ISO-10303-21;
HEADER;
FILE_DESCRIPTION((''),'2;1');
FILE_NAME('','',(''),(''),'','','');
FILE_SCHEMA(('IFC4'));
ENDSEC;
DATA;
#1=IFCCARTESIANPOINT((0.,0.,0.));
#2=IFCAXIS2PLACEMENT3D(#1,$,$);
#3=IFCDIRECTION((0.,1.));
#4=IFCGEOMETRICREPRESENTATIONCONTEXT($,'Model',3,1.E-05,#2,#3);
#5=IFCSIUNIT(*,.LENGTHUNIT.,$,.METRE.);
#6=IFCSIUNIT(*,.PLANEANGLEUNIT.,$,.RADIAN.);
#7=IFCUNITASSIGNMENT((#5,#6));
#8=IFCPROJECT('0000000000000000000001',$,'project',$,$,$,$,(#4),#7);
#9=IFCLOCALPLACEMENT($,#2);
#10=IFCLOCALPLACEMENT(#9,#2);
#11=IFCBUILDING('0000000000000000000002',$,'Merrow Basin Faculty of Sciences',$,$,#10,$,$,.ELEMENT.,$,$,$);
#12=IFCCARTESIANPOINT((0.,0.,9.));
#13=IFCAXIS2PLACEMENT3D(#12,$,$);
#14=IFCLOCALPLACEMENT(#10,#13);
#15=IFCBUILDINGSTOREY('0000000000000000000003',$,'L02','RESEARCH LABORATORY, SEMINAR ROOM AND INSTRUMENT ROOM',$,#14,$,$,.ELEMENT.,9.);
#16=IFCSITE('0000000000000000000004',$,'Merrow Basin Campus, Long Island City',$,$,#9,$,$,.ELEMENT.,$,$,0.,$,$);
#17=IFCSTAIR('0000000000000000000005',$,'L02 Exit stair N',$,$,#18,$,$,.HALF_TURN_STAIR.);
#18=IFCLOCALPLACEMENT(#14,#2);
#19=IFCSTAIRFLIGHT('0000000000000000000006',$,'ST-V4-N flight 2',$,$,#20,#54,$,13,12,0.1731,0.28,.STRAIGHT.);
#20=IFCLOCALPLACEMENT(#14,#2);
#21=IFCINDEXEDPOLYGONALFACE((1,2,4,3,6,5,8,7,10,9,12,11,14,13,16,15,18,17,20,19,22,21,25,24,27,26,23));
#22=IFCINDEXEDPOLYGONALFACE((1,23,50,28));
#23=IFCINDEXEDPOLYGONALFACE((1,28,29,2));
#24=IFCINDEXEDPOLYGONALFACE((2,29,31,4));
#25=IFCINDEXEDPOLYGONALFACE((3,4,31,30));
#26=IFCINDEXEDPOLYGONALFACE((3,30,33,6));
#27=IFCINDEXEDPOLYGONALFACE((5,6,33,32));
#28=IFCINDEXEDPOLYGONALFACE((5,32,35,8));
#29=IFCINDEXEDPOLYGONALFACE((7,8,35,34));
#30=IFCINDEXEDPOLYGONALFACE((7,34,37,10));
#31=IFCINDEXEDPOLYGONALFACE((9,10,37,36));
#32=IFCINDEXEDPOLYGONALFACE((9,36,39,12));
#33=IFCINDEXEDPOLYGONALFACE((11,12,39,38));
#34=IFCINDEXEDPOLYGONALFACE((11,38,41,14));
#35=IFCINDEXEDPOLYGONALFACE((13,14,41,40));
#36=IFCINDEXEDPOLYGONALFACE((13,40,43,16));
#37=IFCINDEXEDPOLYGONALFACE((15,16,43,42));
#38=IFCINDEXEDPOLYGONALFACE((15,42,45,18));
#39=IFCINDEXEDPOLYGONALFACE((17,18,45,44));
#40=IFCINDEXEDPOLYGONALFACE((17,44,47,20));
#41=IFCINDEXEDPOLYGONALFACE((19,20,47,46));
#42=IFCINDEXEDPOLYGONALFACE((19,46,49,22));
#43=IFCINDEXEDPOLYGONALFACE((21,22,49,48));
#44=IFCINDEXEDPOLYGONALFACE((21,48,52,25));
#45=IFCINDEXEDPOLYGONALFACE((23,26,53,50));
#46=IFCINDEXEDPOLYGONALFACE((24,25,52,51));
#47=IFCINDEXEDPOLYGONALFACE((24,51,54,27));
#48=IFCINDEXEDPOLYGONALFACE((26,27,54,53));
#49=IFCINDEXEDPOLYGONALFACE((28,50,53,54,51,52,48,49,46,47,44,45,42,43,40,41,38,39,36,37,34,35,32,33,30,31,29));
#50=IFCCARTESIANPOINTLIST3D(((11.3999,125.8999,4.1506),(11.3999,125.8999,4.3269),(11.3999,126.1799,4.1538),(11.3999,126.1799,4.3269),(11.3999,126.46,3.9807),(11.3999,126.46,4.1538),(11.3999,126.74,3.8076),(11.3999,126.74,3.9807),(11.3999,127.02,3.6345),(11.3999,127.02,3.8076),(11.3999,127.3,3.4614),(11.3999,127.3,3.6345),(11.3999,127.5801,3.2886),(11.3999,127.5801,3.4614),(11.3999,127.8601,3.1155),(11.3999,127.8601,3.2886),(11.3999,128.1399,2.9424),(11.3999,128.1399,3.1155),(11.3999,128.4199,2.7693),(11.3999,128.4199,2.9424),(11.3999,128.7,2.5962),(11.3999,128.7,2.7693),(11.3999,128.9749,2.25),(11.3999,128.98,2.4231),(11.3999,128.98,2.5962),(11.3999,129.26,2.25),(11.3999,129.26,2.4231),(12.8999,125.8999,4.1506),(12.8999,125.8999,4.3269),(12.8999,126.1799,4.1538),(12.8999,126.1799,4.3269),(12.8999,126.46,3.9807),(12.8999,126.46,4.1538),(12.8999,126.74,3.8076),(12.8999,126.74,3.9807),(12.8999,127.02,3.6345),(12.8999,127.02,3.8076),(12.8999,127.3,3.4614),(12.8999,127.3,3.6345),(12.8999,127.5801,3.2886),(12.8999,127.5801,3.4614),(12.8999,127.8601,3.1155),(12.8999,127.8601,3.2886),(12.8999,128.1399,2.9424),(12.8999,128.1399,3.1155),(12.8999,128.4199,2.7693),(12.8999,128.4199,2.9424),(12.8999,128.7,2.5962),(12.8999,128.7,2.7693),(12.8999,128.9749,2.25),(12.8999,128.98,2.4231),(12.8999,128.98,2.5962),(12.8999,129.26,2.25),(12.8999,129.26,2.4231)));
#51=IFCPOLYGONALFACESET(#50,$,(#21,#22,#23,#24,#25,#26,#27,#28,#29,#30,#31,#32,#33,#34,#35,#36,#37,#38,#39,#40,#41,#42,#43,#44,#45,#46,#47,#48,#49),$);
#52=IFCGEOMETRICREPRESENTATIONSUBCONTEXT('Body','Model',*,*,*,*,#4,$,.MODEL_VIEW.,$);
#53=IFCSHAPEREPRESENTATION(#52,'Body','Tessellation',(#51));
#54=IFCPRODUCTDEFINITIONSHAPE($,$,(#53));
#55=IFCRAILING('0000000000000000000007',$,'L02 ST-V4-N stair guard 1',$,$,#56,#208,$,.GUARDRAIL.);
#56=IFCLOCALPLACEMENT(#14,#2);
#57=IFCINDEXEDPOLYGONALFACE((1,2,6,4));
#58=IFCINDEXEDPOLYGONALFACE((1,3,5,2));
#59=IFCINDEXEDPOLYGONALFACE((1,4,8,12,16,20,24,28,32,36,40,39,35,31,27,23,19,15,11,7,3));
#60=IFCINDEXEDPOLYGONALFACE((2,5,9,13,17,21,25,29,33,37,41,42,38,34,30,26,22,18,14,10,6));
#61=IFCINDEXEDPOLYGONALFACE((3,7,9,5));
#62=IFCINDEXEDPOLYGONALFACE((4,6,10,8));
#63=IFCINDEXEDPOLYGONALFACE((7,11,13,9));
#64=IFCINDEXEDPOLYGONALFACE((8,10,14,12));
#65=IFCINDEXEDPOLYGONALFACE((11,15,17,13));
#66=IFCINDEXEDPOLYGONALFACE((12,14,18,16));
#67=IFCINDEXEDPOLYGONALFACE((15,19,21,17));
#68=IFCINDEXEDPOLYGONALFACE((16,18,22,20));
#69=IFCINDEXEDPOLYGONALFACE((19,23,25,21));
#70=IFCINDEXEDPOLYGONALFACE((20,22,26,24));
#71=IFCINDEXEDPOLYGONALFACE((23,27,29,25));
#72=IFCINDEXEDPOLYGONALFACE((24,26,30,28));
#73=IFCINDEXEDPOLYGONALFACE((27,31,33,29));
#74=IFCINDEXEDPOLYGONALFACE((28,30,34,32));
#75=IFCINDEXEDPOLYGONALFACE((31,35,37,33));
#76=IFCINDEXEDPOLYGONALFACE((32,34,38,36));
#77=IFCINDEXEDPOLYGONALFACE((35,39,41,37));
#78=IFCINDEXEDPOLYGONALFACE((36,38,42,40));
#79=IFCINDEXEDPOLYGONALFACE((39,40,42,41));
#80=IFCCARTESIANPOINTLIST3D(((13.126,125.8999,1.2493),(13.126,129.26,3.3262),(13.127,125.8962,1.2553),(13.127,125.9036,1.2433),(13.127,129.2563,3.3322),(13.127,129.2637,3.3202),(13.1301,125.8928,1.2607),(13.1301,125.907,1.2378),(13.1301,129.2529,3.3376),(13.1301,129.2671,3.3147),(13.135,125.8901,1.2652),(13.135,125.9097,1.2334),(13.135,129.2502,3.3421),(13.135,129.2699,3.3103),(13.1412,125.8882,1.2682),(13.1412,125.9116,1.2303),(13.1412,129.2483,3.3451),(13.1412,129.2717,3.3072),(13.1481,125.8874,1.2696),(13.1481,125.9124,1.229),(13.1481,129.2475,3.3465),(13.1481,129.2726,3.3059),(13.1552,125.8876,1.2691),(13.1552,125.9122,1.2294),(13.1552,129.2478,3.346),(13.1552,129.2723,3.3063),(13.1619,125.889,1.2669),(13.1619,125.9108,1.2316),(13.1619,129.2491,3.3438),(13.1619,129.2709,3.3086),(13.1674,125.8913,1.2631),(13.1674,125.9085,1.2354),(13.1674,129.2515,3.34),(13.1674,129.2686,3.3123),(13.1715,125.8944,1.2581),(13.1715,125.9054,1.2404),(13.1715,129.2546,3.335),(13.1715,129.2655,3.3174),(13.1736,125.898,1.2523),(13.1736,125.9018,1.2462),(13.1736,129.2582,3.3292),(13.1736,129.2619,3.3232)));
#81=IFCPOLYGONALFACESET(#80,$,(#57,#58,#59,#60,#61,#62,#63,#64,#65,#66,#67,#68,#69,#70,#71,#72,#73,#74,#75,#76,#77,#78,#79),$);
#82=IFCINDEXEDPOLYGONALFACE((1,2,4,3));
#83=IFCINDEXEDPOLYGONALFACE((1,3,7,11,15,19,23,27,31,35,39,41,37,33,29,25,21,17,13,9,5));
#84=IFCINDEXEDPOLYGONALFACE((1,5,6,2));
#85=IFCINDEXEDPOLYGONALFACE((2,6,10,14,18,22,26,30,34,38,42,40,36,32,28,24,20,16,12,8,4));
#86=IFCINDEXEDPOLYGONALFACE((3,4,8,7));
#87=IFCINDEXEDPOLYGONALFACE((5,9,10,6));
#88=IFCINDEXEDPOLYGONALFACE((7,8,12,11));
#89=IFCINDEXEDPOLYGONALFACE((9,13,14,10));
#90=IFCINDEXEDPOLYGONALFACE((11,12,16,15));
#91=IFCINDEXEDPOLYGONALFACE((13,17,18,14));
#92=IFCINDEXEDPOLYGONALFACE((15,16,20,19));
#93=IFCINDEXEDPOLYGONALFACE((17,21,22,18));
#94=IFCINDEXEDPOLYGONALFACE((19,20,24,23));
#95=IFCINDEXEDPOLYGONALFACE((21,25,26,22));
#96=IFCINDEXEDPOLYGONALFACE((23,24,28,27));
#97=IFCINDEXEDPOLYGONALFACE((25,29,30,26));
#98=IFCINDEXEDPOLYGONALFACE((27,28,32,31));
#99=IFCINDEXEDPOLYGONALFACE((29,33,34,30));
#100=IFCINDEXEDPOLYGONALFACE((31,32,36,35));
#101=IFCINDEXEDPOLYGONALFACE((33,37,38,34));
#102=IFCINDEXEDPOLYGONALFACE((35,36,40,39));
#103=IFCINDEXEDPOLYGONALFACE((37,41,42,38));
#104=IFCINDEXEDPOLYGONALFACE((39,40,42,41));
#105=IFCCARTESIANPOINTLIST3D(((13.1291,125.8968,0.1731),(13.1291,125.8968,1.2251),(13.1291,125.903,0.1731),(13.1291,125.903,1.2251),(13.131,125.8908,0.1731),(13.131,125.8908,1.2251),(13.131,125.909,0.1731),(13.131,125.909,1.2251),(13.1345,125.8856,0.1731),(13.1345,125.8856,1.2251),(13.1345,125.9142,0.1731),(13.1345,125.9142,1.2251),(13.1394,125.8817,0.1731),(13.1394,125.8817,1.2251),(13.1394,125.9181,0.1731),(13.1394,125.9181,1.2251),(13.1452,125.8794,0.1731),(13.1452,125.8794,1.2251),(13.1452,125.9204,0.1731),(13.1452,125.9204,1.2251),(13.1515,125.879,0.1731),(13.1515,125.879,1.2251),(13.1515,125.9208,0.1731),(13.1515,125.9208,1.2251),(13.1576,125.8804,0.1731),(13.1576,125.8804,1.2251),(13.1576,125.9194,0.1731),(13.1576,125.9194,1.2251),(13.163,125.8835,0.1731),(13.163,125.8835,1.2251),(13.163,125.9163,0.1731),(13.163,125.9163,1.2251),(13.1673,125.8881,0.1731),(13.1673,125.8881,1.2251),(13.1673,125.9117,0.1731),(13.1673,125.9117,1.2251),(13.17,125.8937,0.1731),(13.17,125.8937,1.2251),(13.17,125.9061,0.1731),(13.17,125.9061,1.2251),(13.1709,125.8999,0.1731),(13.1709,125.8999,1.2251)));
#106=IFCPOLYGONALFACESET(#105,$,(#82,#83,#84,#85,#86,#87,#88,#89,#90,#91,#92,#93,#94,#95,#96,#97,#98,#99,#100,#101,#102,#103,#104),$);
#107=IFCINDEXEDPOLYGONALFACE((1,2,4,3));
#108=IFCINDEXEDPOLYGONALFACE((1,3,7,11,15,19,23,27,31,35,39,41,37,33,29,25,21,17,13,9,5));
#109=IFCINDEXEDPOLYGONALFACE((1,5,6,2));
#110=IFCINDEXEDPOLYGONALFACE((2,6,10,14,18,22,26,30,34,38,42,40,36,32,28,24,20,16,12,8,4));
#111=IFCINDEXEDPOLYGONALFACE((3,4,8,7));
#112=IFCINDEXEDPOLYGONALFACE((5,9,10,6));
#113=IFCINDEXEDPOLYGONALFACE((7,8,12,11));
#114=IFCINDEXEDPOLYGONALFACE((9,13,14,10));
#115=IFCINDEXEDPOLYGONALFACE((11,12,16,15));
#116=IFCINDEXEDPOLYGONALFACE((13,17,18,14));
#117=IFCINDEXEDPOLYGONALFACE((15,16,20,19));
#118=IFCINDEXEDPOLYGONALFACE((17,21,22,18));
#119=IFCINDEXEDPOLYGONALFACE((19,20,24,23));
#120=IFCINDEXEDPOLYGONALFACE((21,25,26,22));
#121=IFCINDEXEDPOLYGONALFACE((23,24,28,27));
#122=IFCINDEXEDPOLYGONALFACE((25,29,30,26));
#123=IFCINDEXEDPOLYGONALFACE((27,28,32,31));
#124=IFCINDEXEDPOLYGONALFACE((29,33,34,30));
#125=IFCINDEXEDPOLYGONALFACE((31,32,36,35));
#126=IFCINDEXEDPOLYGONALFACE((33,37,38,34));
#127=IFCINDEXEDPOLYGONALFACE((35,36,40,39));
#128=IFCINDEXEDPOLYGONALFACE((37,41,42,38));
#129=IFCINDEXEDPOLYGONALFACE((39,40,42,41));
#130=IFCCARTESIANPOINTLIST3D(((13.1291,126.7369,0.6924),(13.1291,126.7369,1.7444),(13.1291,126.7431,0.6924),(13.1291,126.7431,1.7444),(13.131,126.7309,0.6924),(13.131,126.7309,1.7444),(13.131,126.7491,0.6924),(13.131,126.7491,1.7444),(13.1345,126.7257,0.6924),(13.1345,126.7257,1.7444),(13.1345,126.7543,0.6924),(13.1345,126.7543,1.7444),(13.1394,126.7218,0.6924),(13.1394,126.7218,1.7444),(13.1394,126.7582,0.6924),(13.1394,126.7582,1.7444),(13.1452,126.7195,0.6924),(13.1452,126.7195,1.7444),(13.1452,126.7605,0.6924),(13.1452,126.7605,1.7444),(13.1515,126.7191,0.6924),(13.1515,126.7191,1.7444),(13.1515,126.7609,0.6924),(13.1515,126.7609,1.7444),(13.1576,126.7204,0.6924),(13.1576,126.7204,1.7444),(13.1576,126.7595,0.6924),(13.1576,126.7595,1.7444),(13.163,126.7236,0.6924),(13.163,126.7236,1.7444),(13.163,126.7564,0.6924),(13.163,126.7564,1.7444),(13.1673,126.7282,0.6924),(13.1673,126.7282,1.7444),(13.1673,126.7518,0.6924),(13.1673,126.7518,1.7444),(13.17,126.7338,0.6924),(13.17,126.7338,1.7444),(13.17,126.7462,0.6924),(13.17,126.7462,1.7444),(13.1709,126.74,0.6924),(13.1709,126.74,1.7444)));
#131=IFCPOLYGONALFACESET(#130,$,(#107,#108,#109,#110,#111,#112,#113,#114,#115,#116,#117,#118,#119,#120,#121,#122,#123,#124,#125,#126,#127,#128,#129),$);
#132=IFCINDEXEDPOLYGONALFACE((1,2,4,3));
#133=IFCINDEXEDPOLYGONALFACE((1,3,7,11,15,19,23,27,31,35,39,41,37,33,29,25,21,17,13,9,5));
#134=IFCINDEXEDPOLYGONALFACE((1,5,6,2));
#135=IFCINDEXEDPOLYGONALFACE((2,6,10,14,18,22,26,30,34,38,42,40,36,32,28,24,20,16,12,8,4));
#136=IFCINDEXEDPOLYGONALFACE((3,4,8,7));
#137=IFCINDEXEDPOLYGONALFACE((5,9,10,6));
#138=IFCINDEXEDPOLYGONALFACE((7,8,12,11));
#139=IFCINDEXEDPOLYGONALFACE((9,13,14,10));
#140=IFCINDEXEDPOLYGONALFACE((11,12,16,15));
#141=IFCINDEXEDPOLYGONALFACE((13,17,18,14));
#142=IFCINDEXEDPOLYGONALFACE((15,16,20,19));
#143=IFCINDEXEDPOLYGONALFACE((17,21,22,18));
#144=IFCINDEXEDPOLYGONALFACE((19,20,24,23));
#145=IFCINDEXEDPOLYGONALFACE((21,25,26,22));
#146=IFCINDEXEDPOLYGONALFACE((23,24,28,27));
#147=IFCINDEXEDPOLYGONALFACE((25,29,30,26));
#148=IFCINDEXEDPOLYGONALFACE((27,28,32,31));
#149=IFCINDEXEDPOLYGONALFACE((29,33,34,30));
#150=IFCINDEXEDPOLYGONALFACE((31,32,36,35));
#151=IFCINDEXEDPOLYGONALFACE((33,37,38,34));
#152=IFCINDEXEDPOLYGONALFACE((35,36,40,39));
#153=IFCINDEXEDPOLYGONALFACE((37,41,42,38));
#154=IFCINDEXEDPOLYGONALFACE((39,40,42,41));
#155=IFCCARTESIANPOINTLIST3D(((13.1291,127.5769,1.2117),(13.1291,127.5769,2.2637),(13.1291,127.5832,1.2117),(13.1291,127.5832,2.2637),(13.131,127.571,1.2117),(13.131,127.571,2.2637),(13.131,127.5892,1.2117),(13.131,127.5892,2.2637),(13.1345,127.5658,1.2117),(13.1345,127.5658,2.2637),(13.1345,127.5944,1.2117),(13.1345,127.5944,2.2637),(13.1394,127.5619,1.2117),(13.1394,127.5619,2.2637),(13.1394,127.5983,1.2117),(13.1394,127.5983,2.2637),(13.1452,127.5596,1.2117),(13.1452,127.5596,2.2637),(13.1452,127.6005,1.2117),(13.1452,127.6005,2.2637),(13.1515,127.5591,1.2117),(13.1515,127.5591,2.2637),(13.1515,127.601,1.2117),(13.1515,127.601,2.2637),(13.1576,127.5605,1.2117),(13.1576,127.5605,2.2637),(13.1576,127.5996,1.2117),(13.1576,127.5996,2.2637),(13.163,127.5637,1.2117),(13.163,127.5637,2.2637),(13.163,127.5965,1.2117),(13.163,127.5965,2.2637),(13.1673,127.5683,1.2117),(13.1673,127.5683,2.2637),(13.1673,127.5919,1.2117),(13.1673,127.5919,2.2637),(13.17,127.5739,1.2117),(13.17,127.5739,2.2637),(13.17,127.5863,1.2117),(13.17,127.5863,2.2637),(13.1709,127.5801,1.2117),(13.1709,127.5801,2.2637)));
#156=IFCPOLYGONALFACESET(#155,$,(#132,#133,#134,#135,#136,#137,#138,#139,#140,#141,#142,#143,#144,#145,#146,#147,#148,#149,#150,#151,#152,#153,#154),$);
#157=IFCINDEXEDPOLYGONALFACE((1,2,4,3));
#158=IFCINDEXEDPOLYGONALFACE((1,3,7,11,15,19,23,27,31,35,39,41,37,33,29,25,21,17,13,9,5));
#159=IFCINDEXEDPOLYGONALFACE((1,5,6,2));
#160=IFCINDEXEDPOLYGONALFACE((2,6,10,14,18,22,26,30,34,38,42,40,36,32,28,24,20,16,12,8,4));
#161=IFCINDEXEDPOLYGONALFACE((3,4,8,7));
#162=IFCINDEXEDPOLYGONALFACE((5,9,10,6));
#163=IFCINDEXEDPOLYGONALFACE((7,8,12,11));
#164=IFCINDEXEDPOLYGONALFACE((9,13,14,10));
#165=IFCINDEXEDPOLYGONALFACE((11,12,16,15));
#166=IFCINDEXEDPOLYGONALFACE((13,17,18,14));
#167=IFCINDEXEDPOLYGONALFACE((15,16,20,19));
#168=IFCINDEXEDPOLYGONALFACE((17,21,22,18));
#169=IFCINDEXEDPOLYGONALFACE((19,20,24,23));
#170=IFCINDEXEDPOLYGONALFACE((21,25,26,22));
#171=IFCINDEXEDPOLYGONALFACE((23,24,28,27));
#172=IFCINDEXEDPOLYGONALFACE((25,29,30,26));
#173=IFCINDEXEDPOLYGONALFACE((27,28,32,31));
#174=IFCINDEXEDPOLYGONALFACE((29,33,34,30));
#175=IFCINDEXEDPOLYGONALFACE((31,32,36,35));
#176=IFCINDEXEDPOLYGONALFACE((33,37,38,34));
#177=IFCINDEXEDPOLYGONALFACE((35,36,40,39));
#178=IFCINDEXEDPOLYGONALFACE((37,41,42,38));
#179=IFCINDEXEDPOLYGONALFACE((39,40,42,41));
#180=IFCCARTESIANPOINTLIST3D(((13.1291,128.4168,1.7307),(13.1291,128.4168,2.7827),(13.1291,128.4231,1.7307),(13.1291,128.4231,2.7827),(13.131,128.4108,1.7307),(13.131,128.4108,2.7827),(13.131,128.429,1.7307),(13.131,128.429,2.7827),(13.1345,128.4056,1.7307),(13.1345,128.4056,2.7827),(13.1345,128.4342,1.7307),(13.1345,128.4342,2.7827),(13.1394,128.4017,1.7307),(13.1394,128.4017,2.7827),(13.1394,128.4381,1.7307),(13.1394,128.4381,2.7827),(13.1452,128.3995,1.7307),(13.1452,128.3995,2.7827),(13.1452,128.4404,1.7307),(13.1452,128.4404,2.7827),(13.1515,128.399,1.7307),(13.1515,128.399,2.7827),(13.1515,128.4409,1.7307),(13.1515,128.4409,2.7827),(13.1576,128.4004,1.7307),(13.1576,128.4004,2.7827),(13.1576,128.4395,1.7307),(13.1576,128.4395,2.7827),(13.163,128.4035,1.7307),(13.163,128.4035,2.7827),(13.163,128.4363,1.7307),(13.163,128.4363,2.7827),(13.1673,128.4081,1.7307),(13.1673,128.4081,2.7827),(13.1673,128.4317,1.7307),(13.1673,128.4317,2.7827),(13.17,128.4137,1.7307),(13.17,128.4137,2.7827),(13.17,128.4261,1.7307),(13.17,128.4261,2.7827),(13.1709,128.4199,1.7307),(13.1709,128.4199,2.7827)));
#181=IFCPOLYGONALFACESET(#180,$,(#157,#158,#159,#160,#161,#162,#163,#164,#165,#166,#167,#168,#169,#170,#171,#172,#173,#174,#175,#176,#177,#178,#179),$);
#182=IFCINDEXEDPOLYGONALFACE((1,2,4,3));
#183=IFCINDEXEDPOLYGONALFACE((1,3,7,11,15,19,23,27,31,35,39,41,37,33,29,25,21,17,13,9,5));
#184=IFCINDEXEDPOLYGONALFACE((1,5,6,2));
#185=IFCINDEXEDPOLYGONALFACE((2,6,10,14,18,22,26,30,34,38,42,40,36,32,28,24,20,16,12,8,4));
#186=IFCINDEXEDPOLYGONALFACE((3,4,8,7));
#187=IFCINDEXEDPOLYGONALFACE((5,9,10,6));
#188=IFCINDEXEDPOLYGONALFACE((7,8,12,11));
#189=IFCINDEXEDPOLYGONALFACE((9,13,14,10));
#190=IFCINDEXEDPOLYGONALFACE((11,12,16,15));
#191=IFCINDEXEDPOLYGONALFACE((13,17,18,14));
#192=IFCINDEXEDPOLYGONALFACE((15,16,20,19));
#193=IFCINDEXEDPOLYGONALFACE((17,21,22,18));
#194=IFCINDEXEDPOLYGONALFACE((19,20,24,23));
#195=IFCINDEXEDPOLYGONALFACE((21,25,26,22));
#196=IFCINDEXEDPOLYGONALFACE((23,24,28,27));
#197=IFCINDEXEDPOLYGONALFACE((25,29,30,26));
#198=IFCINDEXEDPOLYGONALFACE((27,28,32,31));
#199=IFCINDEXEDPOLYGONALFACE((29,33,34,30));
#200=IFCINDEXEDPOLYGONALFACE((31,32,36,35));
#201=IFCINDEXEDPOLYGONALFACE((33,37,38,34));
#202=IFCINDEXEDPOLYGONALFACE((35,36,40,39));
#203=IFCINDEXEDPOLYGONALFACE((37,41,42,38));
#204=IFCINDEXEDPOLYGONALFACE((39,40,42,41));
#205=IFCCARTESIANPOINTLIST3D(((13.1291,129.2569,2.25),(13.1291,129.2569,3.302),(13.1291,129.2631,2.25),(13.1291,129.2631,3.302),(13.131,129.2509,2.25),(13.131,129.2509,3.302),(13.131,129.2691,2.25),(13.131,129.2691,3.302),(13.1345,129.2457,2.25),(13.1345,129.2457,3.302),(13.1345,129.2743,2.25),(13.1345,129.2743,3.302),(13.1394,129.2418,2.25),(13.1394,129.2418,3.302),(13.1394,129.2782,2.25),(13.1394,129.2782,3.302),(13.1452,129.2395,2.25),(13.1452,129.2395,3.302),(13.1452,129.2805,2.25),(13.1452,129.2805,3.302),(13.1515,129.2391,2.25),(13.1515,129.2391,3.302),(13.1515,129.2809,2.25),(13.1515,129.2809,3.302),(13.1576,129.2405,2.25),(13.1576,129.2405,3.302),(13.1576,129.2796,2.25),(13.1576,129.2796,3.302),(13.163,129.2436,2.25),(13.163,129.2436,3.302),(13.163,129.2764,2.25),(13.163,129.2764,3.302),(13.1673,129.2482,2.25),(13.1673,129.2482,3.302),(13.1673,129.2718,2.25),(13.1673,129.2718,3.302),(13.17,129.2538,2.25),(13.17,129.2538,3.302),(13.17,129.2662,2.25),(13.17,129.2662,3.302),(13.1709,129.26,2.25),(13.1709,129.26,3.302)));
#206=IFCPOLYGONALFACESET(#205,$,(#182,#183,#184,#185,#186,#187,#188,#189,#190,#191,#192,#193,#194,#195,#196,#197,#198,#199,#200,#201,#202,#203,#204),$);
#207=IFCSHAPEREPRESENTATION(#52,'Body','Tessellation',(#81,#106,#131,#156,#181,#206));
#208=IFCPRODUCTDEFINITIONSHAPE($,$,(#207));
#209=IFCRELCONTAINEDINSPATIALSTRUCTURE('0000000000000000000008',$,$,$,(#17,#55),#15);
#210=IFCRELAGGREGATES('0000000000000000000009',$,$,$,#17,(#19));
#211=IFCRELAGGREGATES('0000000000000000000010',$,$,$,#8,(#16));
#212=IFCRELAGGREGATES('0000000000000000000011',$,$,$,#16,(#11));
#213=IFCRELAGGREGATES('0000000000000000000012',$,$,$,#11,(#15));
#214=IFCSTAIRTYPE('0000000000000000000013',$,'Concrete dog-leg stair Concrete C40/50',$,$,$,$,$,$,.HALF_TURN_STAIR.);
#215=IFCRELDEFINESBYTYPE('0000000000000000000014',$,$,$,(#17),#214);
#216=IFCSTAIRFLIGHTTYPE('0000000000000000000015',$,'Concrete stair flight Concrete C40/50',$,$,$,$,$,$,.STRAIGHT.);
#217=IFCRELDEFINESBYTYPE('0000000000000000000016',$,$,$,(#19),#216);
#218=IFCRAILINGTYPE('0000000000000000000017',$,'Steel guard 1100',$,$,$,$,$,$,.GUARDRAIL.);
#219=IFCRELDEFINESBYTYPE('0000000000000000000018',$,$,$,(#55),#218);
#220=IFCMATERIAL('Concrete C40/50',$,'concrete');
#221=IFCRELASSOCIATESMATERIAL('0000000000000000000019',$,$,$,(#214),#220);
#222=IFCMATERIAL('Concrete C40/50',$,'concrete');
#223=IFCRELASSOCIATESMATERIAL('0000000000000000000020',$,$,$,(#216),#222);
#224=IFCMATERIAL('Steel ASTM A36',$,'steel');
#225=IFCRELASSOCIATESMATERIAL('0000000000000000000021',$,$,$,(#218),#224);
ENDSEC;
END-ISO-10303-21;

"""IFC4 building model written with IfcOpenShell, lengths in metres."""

from ifc_helpers import new_model, si_unit, direction, frame, origin, origin_2d, place, context, subcontext, project, spatial, polyline, circle, outline, extrude, material, type_object, element, aggregate, save


model = new_model("IFC4")

# Units and contexts
model_context = context("Model", 3, precision=1e-05, world=origin(), true_north=direction((0.0, 1.0)))
body_context = subcontext(model_context, "Body", "Model", "MODEL_VIEW")
ifc_project = project(units=[si_unit("LENGTHUNIT", "METRE"), si_unit("PLANEANGLEUNIT", "RADIAN")], contexts=[model_context])

# Site, building, storey
site_placement = place(None, origin())
site = spatial("IfcSite", under=ifc_project, at=site_placement, Name="Merrow Basin Campus, Long Island City", CompositionType="ELEMENT", RefElevation=0.0)
building_placement = place(site_placement, origin())
building = spatial("IfcBuilding", under=site, at=building_placement, Name="Merrow Basin Faculty of Sciences", CompositionType="ELEMENT")
storey_placement = place(building_placement, frame((0.0, 0.0, 9.0)))
storey = spatial("IfcBuildingStorey", under=building, at=storey_placement, Name="L02", Description="RESEARCH LABORATORY, SEMINAR ROOM AND INSTRUMENT ROOM", CompositionType="ELEMENT", Elevation=9.0)

# Stair, stair flight
ifc_material_1 = material(Name="Concrete C40/50", Category="concrete")
stair_type = type_object("IfcStairType", Name="Concrete dog-leg stair Concrete C40/50", PredefinedType="HALF_TURN_STAIR", material=ifc_material_1)
stair_placement = place(storey_placement, origin())
stair = element("IfcStair", 1, at=stair_placement, inside=storey, type_object=stair_type, Name="L02 Exit stair N", PredefinedType="HALF_TURN_STAIR")
ifc_material_2 = material(Name="Concrete C40/50", Category="concrete")
stair_flight_type = type_object("IfcStairFlightType", Name="Concrete stair flight Concrete C40/50", PredefinedType="STRAIGHT", material=ifc_material_2)
stair_flight_1_placement = place(storey_placement, frame((12.1499, 129.26, 2.25), z_axis=(0.0, 0.0, 1.0), x_axis=(0.0, -1.0, 0.0)))
stair_flight_1 = element("IfcStairFlight", 2, at=stair_flight_1_placement, type_object=stair_flight_type, Name="ST-V4-N flight 2", NumberOfRisers=13, NumberOfTreads=12, PredefinedType="STRAIGHT", RiserHeight=0.1731, TreadLength=0.28, context=body_context, shape_type="SweptSolid", body=[
    extrude(outline(polyline([(0.0, 0.0), (0.0, 0.1731), (0.28, 0.1731), (0.28, 0.3462), (0.5601, 0.3462), (0.5601, 0.5193), (0.8401, 0.5193), (0.8401, 0.6924), (1.1201, 0.6924), (1.1201, 0.8655), (1.3999, 0.8655), (1.3999, 1.0386), (1.6799, 1.0386), (1.6799, 1.2114), (1.96, 1.2114), (1.96, 1.3845), (2.24, 1.3845), (2.24, 1.5576), (2.52, 1.5576), (2.52, 1.7307), (2.8, 1.7307), (2.8, 1.9038), (3.0801, 1.9038), (3.0801, 2.0769), (3.3601, 2.0769), (3.3601, 2.25), (3.3601, 1.9006), (0.2852, 0.0), (0.0, 0.0)])), frame((0.0, 0.75, 0.0), z_axis=(0.0, -1.0, 0.0), x_axis=(1.0, 0.0, 0.0)), (0.0, 0.0, 1.0), 1.5),
])
aggregate(stair, [stair_flight_1])

# Railing
ifc_material_3 = material(Name="Steel ASTM A36", Category="steel")
railing_type_1 = type_object("IfcRailingType", Name="Steel guard 1100", PredefinedType="GUARDRAIL", material=ifc_material_3)
railing_1_placement = place(storey_placement, frame((13.1499, 125.8999, 0.1731)))
element("IfcRailing", 3, at=railing_1_placement, inside=storey, type_object=railing_type_1, Name="L02 ST-V4-N stair guard 1", PredefinedType="GUARDRAIL", context=body_context, shape_type="SweptSolid", body=[
    extrude(circle(Radius=0.0239, at=origin_2d()), frame((0.0, 0.0, 1.0762), z_axis=(0.0, 0.850623, 0.525776), x_axis=(-1.0, 0.0, 0.0)), (0.0, 0.0, 1.0), 3.9502),
    extrude(circle(Radius=0.021, at=origin_2d()), origin(), (0.0, 0.0, 1.0), 1.052),
    extrude(circle(Radius=0.021, at=origin_2d()), frame((0.0, 0.8401, 0.5193)), (0.0, 0.0, 1.0), 1.052),
    extrude(circle(Radius=0.021, at=origin_2d()), frame((0.0, 1.6802, 1.0386)), (0.0, 0.0, 1.0), 1.052),
    extrude(circle(Radius=0.021, at=origin_2d()), frame((0.0, 2.52, 1.5576)), (0.0, 0.0, 1.0), 1.052),
    extrude(circle(Radius=0.021, at=origin_2d()), frame((0.0, 3.3601, 2.0769)), (0.0, 0.0, 1.0), 1.052),
])

save(model, "model.ifc")
